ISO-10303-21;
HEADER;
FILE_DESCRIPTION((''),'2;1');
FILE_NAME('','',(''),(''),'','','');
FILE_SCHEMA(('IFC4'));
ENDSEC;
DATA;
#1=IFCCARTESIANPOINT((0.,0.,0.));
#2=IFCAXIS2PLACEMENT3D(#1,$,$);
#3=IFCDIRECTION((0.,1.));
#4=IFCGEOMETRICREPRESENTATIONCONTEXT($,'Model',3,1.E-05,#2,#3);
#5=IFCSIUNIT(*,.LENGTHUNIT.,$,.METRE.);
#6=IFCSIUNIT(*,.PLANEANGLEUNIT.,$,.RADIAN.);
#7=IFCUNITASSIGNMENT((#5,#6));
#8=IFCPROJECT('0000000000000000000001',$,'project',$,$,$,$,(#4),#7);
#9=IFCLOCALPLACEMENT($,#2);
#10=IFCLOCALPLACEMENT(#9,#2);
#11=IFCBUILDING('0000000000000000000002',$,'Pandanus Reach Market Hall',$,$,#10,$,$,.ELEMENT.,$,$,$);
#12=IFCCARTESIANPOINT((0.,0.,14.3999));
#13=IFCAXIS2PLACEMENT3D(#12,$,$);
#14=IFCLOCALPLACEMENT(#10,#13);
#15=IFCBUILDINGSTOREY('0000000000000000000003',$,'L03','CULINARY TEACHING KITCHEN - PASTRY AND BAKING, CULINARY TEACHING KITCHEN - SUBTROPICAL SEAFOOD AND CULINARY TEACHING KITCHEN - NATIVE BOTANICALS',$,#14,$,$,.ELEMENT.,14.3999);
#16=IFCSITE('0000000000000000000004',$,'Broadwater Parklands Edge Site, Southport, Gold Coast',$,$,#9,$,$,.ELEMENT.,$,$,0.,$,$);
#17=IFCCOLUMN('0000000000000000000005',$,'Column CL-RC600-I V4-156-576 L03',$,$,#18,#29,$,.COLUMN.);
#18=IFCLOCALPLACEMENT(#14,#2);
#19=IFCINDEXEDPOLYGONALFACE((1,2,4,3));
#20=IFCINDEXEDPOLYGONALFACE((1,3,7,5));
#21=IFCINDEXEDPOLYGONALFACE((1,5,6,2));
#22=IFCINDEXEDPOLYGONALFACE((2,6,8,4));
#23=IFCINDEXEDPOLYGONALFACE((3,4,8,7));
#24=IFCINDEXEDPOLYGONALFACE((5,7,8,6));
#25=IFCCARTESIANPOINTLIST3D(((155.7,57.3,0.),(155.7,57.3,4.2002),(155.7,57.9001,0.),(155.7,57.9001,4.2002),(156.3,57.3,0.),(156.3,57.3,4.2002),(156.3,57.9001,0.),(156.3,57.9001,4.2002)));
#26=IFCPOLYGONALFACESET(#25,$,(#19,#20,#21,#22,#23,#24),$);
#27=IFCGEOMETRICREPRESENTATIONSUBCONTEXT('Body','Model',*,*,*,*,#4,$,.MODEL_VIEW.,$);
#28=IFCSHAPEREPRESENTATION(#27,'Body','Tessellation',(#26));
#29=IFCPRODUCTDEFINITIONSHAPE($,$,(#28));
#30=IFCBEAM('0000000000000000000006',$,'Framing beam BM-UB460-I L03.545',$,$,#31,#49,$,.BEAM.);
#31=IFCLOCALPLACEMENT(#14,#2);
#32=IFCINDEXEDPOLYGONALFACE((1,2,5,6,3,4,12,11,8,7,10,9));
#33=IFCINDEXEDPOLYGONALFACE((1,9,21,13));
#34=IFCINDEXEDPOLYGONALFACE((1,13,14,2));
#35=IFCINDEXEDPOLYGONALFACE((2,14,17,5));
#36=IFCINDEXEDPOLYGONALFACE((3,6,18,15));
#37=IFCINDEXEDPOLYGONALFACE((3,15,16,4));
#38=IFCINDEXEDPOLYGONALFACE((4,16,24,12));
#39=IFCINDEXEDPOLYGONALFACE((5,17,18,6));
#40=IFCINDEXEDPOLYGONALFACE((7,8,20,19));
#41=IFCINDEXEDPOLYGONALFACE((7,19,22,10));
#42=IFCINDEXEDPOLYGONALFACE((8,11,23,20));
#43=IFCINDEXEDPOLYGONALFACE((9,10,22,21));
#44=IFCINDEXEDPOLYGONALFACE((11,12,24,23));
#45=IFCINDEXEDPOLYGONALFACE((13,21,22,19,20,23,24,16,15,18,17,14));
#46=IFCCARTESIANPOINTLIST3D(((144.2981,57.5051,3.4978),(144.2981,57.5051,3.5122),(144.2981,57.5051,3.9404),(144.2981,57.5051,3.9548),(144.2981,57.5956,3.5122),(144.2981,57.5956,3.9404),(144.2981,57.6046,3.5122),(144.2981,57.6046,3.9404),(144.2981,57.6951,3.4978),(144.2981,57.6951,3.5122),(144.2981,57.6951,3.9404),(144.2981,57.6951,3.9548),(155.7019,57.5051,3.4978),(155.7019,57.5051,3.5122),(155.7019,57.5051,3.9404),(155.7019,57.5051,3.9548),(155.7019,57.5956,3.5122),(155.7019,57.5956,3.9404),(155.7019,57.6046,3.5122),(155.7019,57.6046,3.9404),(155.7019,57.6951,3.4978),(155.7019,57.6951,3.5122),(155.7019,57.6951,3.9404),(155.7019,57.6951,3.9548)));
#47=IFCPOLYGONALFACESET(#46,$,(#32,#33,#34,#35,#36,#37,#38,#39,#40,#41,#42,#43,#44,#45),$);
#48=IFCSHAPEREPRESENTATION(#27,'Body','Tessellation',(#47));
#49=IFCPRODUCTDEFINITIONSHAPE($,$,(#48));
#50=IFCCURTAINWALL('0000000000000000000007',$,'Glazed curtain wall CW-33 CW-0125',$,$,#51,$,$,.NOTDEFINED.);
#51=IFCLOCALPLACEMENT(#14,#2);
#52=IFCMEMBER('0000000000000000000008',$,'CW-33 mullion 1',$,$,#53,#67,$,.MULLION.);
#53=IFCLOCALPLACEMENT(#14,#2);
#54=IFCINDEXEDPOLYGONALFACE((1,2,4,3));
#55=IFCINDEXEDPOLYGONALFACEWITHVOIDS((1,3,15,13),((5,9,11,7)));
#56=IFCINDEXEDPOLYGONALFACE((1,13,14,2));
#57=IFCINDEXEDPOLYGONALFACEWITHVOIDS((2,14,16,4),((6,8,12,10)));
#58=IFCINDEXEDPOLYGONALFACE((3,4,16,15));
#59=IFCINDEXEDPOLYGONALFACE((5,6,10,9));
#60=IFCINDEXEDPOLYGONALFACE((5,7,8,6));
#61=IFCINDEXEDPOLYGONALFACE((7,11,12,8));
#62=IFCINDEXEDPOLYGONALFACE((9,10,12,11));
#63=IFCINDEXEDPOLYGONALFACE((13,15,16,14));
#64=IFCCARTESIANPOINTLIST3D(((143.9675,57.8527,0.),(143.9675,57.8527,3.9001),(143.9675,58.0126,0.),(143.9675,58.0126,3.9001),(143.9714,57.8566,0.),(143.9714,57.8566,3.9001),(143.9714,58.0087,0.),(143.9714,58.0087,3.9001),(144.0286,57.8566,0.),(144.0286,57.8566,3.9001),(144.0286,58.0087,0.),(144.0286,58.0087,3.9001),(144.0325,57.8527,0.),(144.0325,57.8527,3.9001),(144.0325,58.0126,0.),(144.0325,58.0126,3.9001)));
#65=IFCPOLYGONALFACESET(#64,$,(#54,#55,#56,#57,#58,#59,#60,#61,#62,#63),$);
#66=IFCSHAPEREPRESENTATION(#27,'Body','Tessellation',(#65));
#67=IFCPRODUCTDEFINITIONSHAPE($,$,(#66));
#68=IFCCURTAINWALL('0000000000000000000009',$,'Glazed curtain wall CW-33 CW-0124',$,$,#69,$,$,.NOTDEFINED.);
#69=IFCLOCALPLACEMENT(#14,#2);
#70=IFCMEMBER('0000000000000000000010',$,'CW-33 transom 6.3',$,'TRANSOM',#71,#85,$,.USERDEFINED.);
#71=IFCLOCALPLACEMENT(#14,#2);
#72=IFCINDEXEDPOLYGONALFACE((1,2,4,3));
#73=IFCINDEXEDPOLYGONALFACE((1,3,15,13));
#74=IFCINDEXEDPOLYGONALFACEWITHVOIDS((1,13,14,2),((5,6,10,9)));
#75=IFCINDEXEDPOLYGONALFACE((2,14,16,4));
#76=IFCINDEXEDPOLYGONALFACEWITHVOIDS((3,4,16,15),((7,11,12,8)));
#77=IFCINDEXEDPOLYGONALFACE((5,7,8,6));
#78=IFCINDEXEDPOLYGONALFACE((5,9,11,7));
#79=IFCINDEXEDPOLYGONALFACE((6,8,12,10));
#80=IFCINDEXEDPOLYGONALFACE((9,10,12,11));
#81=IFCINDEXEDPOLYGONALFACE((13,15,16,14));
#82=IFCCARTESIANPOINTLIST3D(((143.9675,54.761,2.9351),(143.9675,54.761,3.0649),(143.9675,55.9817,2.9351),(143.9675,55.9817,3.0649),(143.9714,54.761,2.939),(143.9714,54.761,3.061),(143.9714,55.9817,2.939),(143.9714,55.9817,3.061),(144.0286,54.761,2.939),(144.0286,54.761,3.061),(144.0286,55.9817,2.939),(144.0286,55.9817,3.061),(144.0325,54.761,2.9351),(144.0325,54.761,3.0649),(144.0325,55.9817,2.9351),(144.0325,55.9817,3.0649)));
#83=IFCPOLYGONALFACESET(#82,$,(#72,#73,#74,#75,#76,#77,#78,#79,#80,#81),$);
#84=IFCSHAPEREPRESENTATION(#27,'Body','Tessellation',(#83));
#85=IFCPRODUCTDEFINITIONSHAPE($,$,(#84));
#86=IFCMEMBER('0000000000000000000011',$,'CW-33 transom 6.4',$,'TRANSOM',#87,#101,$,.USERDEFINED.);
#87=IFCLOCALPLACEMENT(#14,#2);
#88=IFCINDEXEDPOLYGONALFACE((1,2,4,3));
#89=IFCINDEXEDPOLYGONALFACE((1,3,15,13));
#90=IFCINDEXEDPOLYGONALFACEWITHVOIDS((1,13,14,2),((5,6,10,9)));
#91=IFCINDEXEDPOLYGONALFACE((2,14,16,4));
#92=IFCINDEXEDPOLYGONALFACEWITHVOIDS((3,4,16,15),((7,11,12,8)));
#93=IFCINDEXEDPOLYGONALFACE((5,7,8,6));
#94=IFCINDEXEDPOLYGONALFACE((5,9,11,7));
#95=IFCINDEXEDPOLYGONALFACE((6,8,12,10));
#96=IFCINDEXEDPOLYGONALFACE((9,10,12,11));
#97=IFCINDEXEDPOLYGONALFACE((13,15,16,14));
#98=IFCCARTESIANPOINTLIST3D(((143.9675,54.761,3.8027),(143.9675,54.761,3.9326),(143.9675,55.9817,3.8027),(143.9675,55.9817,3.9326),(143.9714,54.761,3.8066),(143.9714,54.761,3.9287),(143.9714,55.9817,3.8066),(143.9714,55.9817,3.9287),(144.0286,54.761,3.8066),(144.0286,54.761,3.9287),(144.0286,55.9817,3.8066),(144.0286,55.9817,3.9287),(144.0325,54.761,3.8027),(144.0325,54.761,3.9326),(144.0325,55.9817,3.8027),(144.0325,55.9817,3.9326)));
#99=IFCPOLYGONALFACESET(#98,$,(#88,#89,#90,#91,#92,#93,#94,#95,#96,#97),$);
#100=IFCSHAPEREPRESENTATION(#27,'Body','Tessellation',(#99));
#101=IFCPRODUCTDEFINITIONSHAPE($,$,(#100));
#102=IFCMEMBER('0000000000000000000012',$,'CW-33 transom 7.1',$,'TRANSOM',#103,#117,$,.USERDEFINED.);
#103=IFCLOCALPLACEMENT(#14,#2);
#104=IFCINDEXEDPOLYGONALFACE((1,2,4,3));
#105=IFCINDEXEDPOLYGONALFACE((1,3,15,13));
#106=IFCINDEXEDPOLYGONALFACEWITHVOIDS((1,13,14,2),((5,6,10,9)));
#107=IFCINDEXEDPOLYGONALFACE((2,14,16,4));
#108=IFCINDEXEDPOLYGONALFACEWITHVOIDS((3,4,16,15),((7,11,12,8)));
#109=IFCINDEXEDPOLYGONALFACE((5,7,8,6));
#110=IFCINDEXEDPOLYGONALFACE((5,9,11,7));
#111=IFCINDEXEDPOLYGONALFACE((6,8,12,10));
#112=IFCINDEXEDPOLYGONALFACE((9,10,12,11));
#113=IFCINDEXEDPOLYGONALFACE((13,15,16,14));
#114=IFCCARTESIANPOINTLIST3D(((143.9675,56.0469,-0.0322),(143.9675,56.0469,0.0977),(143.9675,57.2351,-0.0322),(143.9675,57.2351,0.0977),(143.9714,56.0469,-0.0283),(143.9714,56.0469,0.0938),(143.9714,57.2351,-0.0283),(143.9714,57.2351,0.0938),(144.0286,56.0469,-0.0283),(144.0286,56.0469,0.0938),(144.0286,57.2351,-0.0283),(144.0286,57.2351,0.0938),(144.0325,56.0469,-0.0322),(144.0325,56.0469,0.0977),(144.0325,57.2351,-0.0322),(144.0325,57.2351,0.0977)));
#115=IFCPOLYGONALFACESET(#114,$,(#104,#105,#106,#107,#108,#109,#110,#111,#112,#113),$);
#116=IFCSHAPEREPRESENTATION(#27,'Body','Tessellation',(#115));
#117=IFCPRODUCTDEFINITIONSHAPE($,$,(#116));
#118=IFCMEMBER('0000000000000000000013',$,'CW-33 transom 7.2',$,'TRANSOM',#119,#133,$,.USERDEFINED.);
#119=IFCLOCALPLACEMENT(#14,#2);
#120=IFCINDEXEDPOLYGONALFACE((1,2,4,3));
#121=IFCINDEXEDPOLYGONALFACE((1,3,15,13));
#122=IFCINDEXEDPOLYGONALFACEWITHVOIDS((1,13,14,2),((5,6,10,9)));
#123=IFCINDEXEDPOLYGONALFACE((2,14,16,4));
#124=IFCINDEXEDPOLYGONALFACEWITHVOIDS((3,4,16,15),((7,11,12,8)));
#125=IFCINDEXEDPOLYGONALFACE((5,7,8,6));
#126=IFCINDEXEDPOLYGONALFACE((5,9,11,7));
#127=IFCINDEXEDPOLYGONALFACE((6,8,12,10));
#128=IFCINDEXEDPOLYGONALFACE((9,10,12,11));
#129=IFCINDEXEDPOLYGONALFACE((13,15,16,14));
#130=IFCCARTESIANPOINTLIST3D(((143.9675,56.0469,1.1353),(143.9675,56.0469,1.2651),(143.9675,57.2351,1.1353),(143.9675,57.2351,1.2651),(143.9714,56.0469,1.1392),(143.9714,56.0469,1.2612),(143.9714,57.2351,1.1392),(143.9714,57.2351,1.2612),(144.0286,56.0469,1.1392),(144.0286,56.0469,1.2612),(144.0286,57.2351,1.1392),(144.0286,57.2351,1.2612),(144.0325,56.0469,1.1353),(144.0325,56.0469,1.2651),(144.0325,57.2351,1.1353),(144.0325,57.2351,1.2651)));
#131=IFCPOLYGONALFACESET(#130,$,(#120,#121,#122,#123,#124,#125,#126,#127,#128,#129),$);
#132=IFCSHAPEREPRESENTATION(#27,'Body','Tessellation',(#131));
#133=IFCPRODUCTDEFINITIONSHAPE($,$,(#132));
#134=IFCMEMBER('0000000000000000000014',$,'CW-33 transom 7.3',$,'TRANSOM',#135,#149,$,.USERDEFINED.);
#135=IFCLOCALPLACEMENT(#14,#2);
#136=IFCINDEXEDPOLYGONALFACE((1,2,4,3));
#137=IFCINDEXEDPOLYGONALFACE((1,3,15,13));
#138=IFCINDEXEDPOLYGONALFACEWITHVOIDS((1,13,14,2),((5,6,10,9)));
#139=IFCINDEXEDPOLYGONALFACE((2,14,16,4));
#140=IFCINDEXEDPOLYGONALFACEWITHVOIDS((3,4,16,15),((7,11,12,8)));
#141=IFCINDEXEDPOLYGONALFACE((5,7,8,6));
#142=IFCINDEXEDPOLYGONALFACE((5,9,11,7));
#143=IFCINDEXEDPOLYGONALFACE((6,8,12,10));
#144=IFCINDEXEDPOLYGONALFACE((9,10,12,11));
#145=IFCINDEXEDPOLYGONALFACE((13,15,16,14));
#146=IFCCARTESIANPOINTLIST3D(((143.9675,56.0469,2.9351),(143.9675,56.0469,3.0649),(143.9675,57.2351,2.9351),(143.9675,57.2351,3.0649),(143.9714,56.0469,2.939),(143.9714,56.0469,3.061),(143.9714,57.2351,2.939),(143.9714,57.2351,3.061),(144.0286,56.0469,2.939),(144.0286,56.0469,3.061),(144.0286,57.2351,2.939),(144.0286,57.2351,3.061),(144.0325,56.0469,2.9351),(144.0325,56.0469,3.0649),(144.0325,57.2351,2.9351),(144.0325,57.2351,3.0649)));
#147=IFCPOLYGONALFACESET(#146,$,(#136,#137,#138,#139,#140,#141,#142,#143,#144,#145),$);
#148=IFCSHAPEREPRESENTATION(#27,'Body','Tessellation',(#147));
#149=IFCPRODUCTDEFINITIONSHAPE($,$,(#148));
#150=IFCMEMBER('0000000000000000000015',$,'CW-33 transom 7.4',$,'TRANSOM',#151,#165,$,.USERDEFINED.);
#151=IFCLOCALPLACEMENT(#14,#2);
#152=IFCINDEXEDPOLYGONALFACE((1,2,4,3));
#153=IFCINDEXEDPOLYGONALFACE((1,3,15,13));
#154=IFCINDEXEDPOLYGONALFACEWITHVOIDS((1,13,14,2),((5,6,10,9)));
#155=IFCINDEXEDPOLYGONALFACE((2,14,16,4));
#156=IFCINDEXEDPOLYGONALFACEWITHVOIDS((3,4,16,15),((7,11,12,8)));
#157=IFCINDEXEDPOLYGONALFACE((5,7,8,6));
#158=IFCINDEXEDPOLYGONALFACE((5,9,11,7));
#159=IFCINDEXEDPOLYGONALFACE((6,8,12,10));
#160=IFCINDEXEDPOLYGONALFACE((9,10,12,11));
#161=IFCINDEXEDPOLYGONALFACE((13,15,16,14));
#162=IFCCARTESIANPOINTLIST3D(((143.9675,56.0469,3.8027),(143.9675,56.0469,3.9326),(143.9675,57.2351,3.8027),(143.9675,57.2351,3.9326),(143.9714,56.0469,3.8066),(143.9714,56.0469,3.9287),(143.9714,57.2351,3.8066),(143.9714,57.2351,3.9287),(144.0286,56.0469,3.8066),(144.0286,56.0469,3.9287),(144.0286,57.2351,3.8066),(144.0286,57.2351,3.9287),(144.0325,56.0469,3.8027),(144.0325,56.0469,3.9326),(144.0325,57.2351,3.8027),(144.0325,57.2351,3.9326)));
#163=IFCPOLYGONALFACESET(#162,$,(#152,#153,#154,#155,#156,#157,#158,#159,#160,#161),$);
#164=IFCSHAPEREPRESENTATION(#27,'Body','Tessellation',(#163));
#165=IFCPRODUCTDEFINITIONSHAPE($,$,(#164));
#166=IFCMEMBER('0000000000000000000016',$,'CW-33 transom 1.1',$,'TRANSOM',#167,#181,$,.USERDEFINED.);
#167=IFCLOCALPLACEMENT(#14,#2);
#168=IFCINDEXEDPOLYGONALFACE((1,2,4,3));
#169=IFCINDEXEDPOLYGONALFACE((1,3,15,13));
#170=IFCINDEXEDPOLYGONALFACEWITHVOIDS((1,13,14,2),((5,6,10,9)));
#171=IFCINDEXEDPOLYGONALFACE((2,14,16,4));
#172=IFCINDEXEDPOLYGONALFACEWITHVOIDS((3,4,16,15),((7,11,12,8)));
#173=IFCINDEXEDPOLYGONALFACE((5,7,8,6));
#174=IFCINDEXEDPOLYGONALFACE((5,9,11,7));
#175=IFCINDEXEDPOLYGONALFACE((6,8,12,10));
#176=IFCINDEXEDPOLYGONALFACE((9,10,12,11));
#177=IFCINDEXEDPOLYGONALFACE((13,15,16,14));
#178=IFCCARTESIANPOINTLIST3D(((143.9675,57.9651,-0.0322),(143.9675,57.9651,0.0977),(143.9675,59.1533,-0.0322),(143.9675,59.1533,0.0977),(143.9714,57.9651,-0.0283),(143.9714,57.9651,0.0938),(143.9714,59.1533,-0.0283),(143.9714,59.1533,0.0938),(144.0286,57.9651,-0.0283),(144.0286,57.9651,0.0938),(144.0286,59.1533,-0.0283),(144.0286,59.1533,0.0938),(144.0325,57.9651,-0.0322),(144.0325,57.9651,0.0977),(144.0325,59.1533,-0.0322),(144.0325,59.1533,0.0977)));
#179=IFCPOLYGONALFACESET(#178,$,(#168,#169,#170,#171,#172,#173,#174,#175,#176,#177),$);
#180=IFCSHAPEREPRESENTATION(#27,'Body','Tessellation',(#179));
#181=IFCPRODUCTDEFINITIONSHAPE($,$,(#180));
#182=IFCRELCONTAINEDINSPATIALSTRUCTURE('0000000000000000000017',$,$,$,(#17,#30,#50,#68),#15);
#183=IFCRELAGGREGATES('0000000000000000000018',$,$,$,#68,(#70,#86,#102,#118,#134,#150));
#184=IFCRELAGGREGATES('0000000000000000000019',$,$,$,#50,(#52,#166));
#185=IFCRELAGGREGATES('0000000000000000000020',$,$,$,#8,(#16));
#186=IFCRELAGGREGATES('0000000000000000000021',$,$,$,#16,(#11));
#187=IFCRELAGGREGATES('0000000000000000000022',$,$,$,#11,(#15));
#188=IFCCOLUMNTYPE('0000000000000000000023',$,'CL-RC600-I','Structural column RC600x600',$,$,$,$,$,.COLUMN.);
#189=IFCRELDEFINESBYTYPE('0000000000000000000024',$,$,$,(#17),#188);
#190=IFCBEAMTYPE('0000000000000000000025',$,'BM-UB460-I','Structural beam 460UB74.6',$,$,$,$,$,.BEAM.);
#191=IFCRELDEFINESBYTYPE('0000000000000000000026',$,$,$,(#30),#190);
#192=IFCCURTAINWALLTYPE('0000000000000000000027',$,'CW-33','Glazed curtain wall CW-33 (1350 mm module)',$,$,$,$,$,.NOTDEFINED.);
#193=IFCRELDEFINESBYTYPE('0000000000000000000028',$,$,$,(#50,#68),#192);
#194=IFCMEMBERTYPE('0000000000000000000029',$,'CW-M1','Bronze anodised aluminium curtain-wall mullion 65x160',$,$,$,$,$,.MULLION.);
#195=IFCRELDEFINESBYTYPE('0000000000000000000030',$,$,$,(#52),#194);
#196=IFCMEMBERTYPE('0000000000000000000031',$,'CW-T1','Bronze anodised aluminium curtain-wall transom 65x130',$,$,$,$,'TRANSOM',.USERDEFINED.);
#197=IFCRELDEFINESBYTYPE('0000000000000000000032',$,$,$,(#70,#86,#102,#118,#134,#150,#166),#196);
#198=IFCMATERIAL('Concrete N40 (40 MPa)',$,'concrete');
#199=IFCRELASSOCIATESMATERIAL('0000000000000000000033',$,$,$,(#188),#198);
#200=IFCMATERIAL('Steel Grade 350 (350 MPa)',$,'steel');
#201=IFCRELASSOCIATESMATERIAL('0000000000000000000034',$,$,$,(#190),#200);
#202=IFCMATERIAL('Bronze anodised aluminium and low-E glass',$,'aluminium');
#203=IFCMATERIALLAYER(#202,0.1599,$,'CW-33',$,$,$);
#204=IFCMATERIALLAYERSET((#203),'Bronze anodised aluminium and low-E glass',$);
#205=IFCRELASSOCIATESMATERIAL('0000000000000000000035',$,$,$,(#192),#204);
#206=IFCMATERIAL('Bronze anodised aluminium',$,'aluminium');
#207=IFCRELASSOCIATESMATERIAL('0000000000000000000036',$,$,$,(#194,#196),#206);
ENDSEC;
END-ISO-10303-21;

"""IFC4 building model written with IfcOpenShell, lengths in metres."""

from ifc_helpers import new_model, si_unit, direction, frame, origin, origin_2d, place, context, subcontext, project, spatial, rectangle, hollow_rectangle, i_section, extrude, material, layer, layer_set, material_profile, profile_set, type_object, element, aggregate, save


model = new_model("IFC4")

# Units and contexts
model_context = context("Model", 3, precision=1e-05, world=origin(), true_north=direction((0.0, 1.0)))
body_context = subcontext(model_context, "Body", "Model", "MODEL_VIEW")
ifc_project = project(units=[si_unit("LENGTHUNIT", "METRE"), si_unit("PLANEANGLEUNIT", "RADIAN")], contexts=[model_context])

# Site, building, storey
site_placement = place(None, origin())
site = spatial("IfcSite", under=ifc_project, at=site_placement, Name="Broadwater Parklands Edge Site, Southport, Gold Coast", CompositionType="ELEMENT", RefElevation=0.0)
building_placement = place(site_placement, origin())
building = spatial("IfcBuilding", under=site, at=building_placement, Name="Pandanus Reach Market Hall", CompositionType="ELEMENT")
storey_placement = place(building_placement, frame((0.0, 0.0, 14.3999)))
storey = spatial("IfcBuildingStorey", under=building, at=storey_placement, Name="L03", Description="CULINARY TEACHING KITCHEN - PASTRY AND BAKING, CULINARY TEACHING KITCHEN - SUBTROPICAL SEAFOOD AND CULINARY TEACHING KITCHEN - NATIVE BOTANICALS", CompositionType="ELEMENT", Elevation=14.3999)

# Column
ifc_material_1 = material(Name="Concrete N40 (40 MPa)", Category="concrete")
ifc_material_profile_1 = material_profile(ifc_material_1, rectangle(XDim=0.6001, YDim=0.6001, at=origin_2d()), Name="RC600x600", Category="LoadBearing")
ifc_profile_set_1 = profile_set([ifc_material_profile_1], Name="Concrete N40 (40 MPa)")
column_type = type_object("IfcColumnType", Name="CL-RC600-I", Description="Structural column RC600x600", PredefinedType="COLUMN", material=ifc_profile_set_1)
column_placement = place(storey_placement, frame((156.0, 57.6001, 0.0), z_axis=(0.0, 0.0, 1.0), x_axis=(1.0, 0.0, 0.0)))
element("IfcColumn", 1, at=column_placement, inside=storey, type_object=column_type, Name="Column CL-RC600-I V4-156-576 L03", PredefinedType="COLUMN", context=body_context, shape_type="SweptSolid", body=[
    extrude(rectangle(XDim=0.6001, YDim=0.6001, at=origin_2d()), origin(), (0.0, 0.0, 1.0), 4.2002),
])

# Beam
ifc_material_2 = material(Name="Steel Grade 350 (350 MPa)", Category="steel")
ifc_material_profile_2 = material_profile(ifc_material_2, i_section(OverallWidth=0.1899, OverallDepth=0.457, WebThickness=0.009, FlangeThickness=0.0144, at=origin_2d()), Name="460UB74.6", Category="LoadBearing")
ifc_profile_set_2 = profile_set([ifc_material_profile_2], Name="Steel Grade 350 (350 MPa)")
beam_type_1 = type_object("IfcBeamType", Name="BM-UB460-I", Description="Structural beam 460UB74.6", PredefinedType="BEAM", material=ifc_profile_set_2)
beam_placement = place(storey_placement, frame((144.2981, 57.6001, 3.7263), z_axis=(1.0, 0.0, 0.0), x_axis=(0.0, 1.0, 0.0)))
element("IfcBeam", 2, at=beam_placement, inside=storey, type_object=beam_type_1, Name="Framing beam BM-UB460-I L03.545", PredefinedType="BEAM", context=body_context, shape_type="SweptSolid", body=[
    extrude(i_section(OverallWidth=0.1899, OverallDepth=0.457, WebThickness=0.009, FlangeThickness=0.0144, at=origin_2d()), origin(), (0.0, 0.0, 1.0), 11.4038),
])

# Curtain wall, member
ifc_material_3 = material(Name="Bronze anodised aluminium and low-E glass", Category="aluminium")
ifc_layer_1 = layer(ifc_material_3, 0.1599, Name="CW-33")
ifc_layer_set_1 = layer_set([ifc_layer_1], Name="Bronze anodised aluminium and low-E glass")
curtain_wall_type = type_object("IfcCurtainWallType", Name="CW-33", Description="Glazed curtain wall CW-33 (1350 mm module)", PredefinedType="NOTDEFINED", material=ifc_layer_set_1)
curtain_wall_1_placement = place(storey_placement, origin())
curtain_wall_1 = element("IfcCurtainWall", 3, at=curtain_wall_1_placement, inside=storey, type_object=curtain_wall_type, Name="Glazed curtain wall CW-33 CW-0125", PredefinedType="NOTDEFINED")
ifc_material_4 = material(Name="Bronze anodised aluminium", Category="aluminium")
ifc_material_profile_3 = material_profile(ifc_material_4, hollow_rectangle(XDim=0.0649, YDim=0.1599, WallThickness=0.0039, at=origin_2d()), Name="ALU65x160", Category="LoadBearing")
ifc_profile_set_3 = profile_set([ifc_material_profile_3], Name="Bronze anodised aluminium")
member_type_1 = type_object("IfcMemberType", Name="CW-M1", Description="Bronze anodised aluminium curtain-wall mullion 65x160", PredefinedType="MULLION", material=ifc_profile_set_3)
member_1_placement = place(storey_placement, frame((144.0, 57.9326, 0.0), z_axis=(0.0, 0.0, 1.0), x_axis=(-1.0, 0.0, 0.0)))
member_1 = element("IfcMember", 4, at=member_1_placement, type_object=member_type_1, Name="CW-33 mullion 1", PredefinedType="MULLION", context=body_context, shape_type="SweptSolid", body=[
    extrude(hollow_rectangle(XDim=0.0649, YDim=0.1599, WallThickness=0.0039, at=origin_2d()), origin(), (0.0, 0.0, 1.0), 3.9001),
])

# Curtain wall, members
curtain_wall_2_placement = place(storey_placement, origin())
curtain_wall_2 = element("IfcCurtainWall", 5, at=curtain_wall_2_placement, inside=storey, type_object=curtain_wall_type, Name="Glazed curtain wall CW-33 CW-0124", PredefinedType="NOTDEFINED")
ifc_material_profile_4 = material_profile(ifc_material_4, hollow_rectangle(XDim=0.0649, YDim=0.1299, WallThickness=0.0039, at=origin_2d()), Name="ALU65x130", Category="LoadBearing")
ifc_profile_set_4 = profile_set([ifc_material_profile_4], Name="Bronze anodised aluminium")
member_type_2 = type_object("IfcMemberType", Name="CW-T1", Description="Bronze anodised aluminium curtain-wall transom 65x130", ElementType="TRANSOM", PredefinedType="USERDEFINED", material=ifc_profile_set_4)
member_2_placement = place(storey_placement, frame((144.0, 54.761, 3.0), z_axis=(0.0, 1.0, 0.0), x_axis=(-1.0, 0.0, 0.0)))
member_2 = element("IfcMember", 6, at=member_2_placement, type_object=member_type_2, Name="CW-33 transom 6.3", ObjectType="TRANSOM", PredefinedType="USERDEFINED", context=body_context, shape_type="SweptSolid", body=[
    extrude(hollow_rectangle(XDim=0.0649, YDim=0.1299, WallThickness=0.0039, at=origin_2d()), origin(), (0.0, 0.0, 1.0), 1.2207),
])
member_3_placement = place(storey_placement, frame((144.0, 54.761, 3.8677), z_axis=(0.0, 1.0, 0.0), x_axis=(-1.0, 0.0, 0.0)))
member_3 = element("IfcMember", 7, at=member_3_placement, type_object=member_type_2, Name="CW-33 transom 6.4", ObjectType="TRANSOM", PredefinedType="USERDEFINED", context=body_context, shape_type="SweptSolid", body=[
    extrude(hollow_rectangle(XDim=0.0649, YDim=0.1299, WallThickness=0.0039, at=origin_2d()), origin(), (0.0, 0.0, 1.0), 1.2207),
])
member_4_placement = place(storey_placement, frame((144.0, 56.0469, 0.0327), z_axis=(0.0, 1.0, 0.0), x_axis=(-1.0, 0.0, 0.0)))
member_4 = element("IfcMember", 8, at=member_4_placement, type_object=member_type_2, Name="CW-33 transom 7.1", ObjectType="TRANSOM", PredefinedType="USERDEFINED", context=body_context, shape_type="SweptSolid", body=[
    extrude(hollow_rectangle(XDim=0.0649, YDim=0.1299, WallThickness=0.0039, at=origin_2d()), origin(), (0.0, 0.0, 1.0), 1.1882),
])
member_5_placement = place(storey_placement, frame((144.0, 56.0469, 1.2002), z_axis=(0.0, 1.0, 0.0), x_axis=(-1.0, 0.0, 0.0)))
member_5 = element("IfcMember", 9, at=member_5_placement, type_object=member_type_2, Name="CW-33 transom 7.2", ObjectType="TRANSOM", PredefinedType="USERDEFINED", context=body_context, shape_type="SweptSolid", body=[
    extrude(hollow_rectangle(XDim=0.0649, YDim=0.1299, WallThickness=0.0039, at=origin_2d()), origin(), (0.0, 0.0, 1.0), 1.1882),
])
member_6_placement = place(storey_placement, frame((144.0, 56.0469, 3.0), z_axis=(0.0, 1.0, 0.0), x_axis=(-1.0, 0.0, 0.0)))
member_6 = element("IfcMember", 10, at=member_6_placement, type_object=member_type_2, Name="CW-33 transom 7.3", ObjectType="TRANSOM", PredefinedType="USERDEFINED", context=body_context, shape_type="SweptSolid", body=[
    extrude(hollow_rectangle(XDim=0.0649, YDim=0.1299, WallThickness=0.0039, at=origin_2d()), origin(), (0.0, 0.0, 1.0), 1.1882),
])
member_7_placement = place(storey_placement, frame((144.0, 56.0469, 3.8677), z_axis=(0.0, 1.0, 0.0), x_axis=(-1.0, 0.0, 0.0)))
member_7 = element("IfcMember", 11, at=member_7_placement, type_object=member_type_2, Name="CW-33 transom 7.4", ObjectType="TRANSOM", PredefinedType="USERDEFINED", context=body_context, shape_type="SweptSolid", body=[
    extrude(hollow_rectangle(XDim=0.0649, YDim=0.1299, WallThickness=0.0039, at=origin_2d()), origin(), (0.0, 0.0, 1.0), 1.1882),
])

# Member
member_8_placement = place(storey_placement, frame((144.0, 57.9651, 0.0327), z_axis=(0.0, 1.0, 0.0), x_axis=(-1.0, 0.0, 0.0)))
member_8 = element("IfcMember", 12, at=member_8_placement, type_object=member_type_2, Name="CW-33 transom 1.1", ObjectType="TRANSOM", PredefinedType="USERDEFINED", context=body_context, shape_type="SweptSolid", body=[
    extrude(hollow_rectangle(XDim=0.0649, YDim=0.1299, WallThickness=0.0039, at=origin_2d()), origin(), (0.0, 0.0, 1.0), 1.1882),
])

aggregate(curtain_wall_2, [member_2, member_3, member_4, member_5, member_6, member_7])
aggregate(curtain_wall_1, [member_1, member_8])

save(model, "model.ifc")
